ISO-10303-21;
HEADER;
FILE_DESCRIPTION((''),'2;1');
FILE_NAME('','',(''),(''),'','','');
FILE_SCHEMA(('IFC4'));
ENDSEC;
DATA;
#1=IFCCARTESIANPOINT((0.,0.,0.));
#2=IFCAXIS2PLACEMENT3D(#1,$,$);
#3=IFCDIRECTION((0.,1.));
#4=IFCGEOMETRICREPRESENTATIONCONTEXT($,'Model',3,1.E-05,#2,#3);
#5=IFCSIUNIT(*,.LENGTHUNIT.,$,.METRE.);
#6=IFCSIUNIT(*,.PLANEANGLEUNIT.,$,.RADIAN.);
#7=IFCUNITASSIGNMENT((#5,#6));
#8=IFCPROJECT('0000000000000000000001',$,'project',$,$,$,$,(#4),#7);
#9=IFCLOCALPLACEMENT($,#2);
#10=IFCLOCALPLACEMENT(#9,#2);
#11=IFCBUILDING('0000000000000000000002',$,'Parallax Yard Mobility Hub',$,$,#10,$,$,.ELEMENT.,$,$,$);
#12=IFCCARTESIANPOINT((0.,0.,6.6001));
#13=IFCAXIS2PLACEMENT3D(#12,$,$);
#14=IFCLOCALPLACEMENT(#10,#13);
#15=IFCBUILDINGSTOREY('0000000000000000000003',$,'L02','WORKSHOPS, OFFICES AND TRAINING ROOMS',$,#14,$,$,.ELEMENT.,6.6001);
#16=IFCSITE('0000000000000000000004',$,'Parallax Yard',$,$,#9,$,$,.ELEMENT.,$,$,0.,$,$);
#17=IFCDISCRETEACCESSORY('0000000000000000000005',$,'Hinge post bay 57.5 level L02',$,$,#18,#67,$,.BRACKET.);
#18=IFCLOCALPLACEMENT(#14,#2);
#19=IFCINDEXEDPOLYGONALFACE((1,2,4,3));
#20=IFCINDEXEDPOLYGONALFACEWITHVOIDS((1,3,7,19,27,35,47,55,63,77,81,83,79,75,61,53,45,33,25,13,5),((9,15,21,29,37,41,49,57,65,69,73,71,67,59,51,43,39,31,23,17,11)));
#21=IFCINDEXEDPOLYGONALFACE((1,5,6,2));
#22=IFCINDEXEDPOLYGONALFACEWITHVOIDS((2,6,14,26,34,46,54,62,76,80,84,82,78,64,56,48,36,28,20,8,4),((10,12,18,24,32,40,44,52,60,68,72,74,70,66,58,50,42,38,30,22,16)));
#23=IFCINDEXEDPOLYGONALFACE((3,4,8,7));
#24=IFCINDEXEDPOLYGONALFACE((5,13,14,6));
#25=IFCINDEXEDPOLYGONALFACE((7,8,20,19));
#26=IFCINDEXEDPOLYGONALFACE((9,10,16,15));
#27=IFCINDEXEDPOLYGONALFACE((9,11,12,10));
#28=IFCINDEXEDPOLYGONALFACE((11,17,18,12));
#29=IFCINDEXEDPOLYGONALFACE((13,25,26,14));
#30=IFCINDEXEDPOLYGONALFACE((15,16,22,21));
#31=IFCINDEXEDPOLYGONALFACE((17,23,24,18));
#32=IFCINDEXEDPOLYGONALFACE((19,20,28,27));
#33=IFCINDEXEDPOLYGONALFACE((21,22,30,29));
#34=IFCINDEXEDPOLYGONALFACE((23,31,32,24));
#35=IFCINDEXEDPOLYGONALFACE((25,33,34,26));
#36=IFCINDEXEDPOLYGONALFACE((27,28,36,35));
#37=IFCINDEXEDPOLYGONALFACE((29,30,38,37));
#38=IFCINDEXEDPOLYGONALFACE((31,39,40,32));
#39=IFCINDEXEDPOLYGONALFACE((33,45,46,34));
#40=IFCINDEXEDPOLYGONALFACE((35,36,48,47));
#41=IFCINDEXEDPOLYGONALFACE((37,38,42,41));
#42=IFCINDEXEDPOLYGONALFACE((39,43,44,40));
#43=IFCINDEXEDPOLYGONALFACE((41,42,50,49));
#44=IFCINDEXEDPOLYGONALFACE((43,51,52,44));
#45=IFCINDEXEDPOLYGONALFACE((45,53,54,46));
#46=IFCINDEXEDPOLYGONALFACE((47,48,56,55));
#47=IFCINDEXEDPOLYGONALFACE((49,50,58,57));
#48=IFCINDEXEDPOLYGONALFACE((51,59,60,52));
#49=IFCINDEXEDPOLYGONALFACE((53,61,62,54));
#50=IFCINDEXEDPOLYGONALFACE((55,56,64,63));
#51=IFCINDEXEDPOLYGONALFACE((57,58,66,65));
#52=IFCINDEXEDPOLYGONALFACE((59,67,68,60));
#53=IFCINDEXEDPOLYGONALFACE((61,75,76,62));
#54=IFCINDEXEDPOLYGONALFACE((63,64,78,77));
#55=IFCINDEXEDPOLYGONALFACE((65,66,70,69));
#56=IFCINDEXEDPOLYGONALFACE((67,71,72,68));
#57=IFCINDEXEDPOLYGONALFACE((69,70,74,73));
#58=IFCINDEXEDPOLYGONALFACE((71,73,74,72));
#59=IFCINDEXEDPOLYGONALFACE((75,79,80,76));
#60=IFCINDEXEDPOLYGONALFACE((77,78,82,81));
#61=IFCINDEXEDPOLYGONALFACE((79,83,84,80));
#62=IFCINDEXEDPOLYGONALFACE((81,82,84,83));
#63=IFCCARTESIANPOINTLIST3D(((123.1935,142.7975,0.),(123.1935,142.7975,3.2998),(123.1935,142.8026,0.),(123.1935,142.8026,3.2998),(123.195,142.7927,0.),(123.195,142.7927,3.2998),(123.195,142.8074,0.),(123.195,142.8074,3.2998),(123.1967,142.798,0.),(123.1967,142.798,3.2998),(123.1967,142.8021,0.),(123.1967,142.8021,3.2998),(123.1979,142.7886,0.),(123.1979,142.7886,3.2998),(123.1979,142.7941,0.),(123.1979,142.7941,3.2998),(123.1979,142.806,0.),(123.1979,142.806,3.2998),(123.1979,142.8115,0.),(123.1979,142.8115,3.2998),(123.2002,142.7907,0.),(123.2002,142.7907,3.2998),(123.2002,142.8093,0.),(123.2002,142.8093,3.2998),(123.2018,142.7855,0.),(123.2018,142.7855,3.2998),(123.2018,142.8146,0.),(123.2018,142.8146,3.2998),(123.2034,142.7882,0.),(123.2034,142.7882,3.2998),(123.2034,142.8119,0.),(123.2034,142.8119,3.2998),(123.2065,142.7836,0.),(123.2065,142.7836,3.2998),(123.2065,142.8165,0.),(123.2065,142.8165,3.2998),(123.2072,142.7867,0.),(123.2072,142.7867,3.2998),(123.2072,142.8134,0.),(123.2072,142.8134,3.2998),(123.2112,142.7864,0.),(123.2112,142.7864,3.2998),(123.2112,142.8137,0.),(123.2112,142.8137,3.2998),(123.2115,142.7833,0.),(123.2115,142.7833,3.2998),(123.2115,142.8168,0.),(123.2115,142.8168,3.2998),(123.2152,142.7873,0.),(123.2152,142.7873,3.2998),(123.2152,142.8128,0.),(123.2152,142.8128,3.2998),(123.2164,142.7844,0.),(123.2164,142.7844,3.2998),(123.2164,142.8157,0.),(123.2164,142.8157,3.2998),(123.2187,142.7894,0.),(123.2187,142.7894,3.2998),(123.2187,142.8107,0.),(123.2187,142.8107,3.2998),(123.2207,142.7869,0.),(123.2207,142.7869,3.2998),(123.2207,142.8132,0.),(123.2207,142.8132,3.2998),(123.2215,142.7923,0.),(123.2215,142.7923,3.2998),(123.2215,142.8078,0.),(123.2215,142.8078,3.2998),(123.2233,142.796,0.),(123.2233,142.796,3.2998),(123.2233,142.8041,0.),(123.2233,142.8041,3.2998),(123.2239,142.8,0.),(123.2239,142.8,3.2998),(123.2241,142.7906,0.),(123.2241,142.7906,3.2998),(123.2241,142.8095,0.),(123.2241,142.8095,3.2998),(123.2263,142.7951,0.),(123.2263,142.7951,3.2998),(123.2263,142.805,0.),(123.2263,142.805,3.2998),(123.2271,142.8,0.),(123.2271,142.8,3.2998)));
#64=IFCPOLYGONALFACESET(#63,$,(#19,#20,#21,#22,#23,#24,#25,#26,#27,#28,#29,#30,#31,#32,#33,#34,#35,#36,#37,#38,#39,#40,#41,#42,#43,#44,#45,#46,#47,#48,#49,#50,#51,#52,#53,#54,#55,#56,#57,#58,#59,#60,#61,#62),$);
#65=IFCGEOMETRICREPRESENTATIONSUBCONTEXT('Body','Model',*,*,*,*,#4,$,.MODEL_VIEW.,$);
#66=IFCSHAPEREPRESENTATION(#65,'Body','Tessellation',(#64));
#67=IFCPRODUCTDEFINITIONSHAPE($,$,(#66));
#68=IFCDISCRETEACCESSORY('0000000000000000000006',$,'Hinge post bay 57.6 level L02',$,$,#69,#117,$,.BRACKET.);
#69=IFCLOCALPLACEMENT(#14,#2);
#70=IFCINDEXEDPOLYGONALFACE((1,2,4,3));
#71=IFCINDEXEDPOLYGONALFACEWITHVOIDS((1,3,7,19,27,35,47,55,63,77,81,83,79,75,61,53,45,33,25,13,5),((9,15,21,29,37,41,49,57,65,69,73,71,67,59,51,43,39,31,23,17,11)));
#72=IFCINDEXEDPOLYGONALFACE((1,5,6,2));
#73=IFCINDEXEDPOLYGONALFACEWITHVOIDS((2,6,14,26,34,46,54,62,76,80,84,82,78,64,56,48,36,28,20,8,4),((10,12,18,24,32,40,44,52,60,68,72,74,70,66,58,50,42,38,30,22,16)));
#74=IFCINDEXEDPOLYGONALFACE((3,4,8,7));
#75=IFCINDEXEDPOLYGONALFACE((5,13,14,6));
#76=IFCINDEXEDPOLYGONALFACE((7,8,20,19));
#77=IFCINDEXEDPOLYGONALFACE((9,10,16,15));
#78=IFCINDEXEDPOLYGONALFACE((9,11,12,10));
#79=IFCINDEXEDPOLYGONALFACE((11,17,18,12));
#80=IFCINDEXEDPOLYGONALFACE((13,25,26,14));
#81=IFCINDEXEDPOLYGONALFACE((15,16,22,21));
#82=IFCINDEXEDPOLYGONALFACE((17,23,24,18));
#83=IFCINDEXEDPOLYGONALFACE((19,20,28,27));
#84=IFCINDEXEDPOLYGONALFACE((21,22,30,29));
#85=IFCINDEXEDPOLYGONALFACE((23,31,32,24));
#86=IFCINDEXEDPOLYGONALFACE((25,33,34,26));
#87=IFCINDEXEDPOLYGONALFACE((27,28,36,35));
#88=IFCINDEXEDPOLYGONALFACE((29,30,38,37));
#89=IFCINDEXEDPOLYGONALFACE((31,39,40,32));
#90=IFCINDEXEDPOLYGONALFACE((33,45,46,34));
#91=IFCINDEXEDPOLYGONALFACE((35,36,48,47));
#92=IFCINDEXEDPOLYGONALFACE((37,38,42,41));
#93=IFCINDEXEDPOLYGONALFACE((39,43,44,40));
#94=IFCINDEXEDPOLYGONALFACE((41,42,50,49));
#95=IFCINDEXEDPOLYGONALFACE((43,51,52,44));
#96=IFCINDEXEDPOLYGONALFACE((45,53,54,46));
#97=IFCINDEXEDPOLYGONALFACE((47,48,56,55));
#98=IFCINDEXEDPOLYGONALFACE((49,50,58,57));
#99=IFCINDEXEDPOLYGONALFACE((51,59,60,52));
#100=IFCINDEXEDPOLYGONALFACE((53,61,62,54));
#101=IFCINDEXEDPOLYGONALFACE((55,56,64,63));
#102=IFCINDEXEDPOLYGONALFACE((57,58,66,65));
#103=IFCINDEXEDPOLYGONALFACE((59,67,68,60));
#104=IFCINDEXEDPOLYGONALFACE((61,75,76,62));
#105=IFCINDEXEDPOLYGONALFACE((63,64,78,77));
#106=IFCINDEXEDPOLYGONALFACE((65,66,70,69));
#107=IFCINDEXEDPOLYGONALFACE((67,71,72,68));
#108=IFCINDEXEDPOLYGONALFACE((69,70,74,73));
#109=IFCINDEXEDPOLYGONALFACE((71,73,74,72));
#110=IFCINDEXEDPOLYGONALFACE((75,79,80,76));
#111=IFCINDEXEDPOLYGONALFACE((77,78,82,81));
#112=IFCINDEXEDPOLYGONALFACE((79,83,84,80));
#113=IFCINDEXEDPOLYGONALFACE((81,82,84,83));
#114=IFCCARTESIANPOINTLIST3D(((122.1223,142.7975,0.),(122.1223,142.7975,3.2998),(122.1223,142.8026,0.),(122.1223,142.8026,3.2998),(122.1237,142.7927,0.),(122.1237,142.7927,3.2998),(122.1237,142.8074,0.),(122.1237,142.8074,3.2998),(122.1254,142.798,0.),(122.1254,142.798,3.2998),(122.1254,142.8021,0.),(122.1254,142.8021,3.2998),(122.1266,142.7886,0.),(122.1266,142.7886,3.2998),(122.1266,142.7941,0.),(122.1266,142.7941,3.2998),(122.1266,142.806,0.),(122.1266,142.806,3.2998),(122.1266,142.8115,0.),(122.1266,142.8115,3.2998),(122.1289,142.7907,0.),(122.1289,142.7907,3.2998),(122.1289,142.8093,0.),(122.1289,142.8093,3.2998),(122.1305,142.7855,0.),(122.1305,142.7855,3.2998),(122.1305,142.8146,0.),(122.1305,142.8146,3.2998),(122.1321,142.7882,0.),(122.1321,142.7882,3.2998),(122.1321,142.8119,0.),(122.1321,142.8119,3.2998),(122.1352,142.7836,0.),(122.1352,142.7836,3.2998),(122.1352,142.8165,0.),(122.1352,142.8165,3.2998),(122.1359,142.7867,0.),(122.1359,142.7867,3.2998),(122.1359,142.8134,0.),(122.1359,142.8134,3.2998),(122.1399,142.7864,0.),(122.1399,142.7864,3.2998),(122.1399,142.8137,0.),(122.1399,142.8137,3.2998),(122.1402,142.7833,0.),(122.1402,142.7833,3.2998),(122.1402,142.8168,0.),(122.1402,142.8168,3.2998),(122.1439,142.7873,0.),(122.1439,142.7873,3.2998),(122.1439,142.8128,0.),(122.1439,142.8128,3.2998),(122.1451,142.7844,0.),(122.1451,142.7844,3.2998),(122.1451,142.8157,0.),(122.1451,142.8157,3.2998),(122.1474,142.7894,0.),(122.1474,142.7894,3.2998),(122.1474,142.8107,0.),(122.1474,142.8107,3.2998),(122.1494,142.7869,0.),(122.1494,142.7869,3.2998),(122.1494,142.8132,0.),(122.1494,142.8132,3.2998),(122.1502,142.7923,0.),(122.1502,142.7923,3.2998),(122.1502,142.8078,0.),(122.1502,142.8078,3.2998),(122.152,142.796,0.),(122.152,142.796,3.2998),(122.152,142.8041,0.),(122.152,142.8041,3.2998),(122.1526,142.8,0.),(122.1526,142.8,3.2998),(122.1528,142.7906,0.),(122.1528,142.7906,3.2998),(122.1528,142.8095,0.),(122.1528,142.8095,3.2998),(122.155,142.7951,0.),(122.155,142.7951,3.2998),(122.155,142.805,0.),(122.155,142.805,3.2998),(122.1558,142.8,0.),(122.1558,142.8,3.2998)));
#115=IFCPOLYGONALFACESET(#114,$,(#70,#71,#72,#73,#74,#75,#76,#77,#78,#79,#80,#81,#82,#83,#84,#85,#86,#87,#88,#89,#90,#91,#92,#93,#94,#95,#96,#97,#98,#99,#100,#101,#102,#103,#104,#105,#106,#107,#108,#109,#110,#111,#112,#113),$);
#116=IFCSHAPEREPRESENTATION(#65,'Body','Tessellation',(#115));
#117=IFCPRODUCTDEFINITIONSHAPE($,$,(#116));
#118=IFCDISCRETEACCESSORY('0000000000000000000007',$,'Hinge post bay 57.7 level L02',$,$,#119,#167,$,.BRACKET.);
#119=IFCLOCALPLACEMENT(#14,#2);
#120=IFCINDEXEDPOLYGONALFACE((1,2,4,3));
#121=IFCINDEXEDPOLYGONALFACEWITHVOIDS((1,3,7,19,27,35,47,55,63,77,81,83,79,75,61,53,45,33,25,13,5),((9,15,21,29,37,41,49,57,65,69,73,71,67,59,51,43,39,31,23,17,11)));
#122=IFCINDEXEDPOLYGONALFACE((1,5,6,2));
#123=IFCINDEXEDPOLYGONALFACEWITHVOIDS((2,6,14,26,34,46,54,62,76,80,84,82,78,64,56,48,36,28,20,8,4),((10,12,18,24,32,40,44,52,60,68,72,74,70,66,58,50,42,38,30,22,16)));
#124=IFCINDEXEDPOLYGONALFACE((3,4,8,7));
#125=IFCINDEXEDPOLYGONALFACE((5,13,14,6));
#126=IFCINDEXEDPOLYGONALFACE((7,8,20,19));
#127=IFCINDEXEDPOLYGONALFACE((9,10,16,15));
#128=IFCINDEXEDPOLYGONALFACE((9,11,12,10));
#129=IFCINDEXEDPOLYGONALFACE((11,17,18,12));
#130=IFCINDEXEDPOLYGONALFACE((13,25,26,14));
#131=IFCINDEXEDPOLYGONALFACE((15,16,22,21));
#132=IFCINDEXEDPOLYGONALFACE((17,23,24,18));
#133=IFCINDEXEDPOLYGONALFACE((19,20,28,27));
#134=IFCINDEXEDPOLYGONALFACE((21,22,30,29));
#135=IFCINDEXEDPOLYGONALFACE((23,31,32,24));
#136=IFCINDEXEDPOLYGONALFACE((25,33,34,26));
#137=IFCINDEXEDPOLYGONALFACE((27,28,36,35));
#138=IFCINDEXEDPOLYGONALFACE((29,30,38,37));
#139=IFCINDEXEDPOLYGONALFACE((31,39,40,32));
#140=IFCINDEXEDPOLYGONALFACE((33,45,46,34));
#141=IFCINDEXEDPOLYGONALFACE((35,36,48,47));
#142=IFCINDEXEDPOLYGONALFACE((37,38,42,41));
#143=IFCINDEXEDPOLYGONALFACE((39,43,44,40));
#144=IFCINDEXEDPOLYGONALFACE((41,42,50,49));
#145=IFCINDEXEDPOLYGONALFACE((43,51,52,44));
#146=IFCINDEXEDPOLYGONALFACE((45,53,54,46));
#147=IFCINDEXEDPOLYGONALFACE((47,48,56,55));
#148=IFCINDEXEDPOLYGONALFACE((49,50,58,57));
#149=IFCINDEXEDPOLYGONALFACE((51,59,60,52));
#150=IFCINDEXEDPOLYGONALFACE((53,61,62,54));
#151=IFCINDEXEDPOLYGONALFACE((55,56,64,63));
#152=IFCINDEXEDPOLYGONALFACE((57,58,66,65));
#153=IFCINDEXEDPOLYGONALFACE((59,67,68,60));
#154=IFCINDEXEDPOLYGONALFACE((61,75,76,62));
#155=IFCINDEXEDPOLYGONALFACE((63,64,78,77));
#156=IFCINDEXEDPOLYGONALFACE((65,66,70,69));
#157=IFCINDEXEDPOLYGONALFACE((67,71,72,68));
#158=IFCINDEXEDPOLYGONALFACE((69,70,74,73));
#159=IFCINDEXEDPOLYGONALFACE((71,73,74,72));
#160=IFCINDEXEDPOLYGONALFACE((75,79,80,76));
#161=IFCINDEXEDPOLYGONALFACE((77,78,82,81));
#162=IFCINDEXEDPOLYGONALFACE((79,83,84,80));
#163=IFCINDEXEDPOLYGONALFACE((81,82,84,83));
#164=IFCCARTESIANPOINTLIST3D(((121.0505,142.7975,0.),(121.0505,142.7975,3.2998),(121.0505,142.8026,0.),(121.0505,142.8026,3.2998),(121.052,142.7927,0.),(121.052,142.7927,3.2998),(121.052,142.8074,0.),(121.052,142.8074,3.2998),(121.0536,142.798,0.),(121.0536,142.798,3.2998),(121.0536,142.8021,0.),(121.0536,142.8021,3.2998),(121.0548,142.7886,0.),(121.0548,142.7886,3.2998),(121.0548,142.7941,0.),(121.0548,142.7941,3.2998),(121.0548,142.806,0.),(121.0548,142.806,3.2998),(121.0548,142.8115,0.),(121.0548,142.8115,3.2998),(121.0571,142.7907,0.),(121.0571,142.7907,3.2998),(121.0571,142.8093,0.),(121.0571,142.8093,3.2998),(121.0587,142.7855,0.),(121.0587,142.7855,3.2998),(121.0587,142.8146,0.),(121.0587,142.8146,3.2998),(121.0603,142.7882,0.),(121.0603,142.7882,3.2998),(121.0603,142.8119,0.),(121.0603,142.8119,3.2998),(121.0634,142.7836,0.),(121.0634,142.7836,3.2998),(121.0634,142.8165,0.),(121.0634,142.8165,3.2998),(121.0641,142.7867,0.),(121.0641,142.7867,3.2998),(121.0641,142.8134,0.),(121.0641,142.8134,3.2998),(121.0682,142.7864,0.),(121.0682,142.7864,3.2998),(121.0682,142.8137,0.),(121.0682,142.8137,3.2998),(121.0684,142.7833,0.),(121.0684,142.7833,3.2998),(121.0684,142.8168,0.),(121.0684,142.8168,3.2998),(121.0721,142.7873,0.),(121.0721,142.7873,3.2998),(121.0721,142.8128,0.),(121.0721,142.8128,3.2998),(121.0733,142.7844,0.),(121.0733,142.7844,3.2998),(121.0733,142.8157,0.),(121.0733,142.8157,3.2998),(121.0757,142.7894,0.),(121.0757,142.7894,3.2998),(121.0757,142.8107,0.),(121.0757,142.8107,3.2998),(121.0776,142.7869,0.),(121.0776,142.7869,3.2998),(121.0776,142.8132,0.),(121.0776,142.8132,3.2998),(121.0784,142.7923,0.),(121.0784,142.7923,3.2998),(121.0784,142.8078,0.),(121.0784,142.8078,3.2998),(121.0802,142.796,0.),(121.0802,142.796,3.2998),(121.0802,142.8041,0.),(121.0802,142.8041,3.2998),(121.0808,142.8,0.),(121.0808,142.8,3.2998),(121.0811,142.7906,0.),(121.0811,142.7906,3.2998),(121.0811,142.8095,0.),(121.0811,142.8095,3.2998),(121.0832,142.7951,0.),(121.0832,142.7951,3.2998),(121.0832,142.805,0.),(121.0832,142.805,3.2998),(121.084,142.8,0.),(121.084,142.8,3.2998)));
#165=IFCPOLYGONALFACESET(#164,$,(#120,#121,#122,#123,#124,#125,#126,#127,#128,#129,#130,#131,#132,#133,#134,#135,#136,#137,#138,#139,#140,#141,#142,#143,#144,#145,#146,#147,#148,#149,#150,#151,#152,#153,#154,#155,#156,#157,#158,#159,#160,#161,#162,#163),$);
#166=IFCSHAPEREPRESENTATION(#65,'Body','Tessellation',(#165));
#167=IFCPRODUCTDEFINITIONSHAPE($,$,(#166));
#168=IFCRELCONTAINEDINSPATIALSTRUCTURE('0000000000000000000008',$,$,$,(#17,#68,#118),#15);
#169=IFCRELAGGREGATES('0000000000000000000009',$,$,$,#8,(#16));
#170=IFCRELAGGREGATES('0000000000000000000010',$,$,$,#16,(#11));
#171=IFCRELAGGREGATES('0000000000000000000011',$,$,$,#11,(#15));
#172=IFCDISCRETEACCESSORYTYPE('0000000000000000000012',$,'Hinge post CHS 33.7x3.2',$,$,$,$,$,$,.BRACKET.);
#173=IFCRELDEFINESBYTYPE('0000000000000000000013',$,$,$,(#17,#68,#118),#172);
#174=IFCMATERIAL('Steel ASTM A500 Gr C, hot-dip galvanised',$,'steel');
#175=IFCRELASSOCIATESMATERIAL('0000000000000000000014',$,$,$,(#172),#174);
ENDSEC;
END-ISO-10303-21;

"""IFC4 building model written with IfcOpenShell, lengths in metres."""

from ifc_helpers import new_model, si_unit, direction, frame, origin, origin_2d, place, context, subcontext, project, spatial, hollow_circle, extrude, material, material_profile, profile_set, type_object, element, save


model = new_model("IFC4")

# Units and contexts
model_context = context("Model", 3, precision=1e-05, world=origin(), true_north=direction((0.0, 1.0)))
body_context = subcontext(model_context, "Body", "Model", "MODEL_VIEW")
ifc_project = project(units=[si_unit("LENGTHUNIT", "METRE"), si_unit("PLANEANGLEUNIT", "RADIAN")], contexts=[model_context])

# Site, building, storey
site_placement = place(None, origin())
site = spatial("IfcSite", under=ifc_project, at=site_placement, Name="Parallax Yard", CompositionType="ELEMENT", RefElevation=0.0)
building_placement = place(site_placement, origin())
building = spatial("IfcBuilding", under=site, at=building_placement, Name="Parallax Yard Mobility Hub", CompositionType="ELEMENT")
storey_placement = place(building_placement, frame((0.0, 0.0, 6.6001)))
storey = spatial("IfcBuildingStorey", under=building, at=storey_placement, Name="L02", Description="WORKSHOPS, OFFICES AND TRAINING ROOMS", CompositionType="ELEMENT", Elevation=6.6001)

# Discrete accessories
ifc_material_1 = material(Name="Steel ASTM A500 Gr C, hot-dip galvanised", Category="steel")
ifc_material_profile = material_profile(ifc_material_1, hollow_circle(Radius=0.0168, WallThickness=0.0032, at=origin_2d()), Name="CHS 33.7x3.2")
ifc_profile_set = profile_set([ifc_material_profile], Name="Steel ASTM A500 Gr C, hot-dip galvanised")
discrete_accessory_type_1 = type_object("IfcDiscreteAccessoryType", Name="Hinge post CHS 33.7x3.2", PredefinedType="BRACKET", material=ifc_profile_set)
for number, where, z_axis, x_axis, name in (
    (1, (123.2102, 142.8, 0.0), (0.0, 0.0, 1.0), (1.0, 0.0, 0.0), "Hinge post bay 57.5 level L02"),
    (2, (122.1389, 142.8, 0.0), (0.0, 0.0, 1.0), (1.0, 0.0, 0.0), "Hinge post bay 57.6 level L02"),
    (3, (121.0671, 142.8, 0.0), (0.0, 0.0, 1.0), (1.0, 0.0, 0.0), "Hinge post bay 57.7 level L02"),
):
    element("IfcDiscreteAccessory", number, at=place(storey_placement, frame(where, z_axis=z_axis, x_axis=x_axis)), inside=storey, type_object=discrete_accessory_type_1, Name=name, PredefinedType="BRACKET", context=body_context, shape_type="SweptSolid", body=[
        extrude(hollow_circle(Radius=0.0168, WallThickness=0.0032, at=origin_2d()), origin(), (0.0, 0.0, 1.0), 3.2998),
    ])

save(model, "model.ifc")
